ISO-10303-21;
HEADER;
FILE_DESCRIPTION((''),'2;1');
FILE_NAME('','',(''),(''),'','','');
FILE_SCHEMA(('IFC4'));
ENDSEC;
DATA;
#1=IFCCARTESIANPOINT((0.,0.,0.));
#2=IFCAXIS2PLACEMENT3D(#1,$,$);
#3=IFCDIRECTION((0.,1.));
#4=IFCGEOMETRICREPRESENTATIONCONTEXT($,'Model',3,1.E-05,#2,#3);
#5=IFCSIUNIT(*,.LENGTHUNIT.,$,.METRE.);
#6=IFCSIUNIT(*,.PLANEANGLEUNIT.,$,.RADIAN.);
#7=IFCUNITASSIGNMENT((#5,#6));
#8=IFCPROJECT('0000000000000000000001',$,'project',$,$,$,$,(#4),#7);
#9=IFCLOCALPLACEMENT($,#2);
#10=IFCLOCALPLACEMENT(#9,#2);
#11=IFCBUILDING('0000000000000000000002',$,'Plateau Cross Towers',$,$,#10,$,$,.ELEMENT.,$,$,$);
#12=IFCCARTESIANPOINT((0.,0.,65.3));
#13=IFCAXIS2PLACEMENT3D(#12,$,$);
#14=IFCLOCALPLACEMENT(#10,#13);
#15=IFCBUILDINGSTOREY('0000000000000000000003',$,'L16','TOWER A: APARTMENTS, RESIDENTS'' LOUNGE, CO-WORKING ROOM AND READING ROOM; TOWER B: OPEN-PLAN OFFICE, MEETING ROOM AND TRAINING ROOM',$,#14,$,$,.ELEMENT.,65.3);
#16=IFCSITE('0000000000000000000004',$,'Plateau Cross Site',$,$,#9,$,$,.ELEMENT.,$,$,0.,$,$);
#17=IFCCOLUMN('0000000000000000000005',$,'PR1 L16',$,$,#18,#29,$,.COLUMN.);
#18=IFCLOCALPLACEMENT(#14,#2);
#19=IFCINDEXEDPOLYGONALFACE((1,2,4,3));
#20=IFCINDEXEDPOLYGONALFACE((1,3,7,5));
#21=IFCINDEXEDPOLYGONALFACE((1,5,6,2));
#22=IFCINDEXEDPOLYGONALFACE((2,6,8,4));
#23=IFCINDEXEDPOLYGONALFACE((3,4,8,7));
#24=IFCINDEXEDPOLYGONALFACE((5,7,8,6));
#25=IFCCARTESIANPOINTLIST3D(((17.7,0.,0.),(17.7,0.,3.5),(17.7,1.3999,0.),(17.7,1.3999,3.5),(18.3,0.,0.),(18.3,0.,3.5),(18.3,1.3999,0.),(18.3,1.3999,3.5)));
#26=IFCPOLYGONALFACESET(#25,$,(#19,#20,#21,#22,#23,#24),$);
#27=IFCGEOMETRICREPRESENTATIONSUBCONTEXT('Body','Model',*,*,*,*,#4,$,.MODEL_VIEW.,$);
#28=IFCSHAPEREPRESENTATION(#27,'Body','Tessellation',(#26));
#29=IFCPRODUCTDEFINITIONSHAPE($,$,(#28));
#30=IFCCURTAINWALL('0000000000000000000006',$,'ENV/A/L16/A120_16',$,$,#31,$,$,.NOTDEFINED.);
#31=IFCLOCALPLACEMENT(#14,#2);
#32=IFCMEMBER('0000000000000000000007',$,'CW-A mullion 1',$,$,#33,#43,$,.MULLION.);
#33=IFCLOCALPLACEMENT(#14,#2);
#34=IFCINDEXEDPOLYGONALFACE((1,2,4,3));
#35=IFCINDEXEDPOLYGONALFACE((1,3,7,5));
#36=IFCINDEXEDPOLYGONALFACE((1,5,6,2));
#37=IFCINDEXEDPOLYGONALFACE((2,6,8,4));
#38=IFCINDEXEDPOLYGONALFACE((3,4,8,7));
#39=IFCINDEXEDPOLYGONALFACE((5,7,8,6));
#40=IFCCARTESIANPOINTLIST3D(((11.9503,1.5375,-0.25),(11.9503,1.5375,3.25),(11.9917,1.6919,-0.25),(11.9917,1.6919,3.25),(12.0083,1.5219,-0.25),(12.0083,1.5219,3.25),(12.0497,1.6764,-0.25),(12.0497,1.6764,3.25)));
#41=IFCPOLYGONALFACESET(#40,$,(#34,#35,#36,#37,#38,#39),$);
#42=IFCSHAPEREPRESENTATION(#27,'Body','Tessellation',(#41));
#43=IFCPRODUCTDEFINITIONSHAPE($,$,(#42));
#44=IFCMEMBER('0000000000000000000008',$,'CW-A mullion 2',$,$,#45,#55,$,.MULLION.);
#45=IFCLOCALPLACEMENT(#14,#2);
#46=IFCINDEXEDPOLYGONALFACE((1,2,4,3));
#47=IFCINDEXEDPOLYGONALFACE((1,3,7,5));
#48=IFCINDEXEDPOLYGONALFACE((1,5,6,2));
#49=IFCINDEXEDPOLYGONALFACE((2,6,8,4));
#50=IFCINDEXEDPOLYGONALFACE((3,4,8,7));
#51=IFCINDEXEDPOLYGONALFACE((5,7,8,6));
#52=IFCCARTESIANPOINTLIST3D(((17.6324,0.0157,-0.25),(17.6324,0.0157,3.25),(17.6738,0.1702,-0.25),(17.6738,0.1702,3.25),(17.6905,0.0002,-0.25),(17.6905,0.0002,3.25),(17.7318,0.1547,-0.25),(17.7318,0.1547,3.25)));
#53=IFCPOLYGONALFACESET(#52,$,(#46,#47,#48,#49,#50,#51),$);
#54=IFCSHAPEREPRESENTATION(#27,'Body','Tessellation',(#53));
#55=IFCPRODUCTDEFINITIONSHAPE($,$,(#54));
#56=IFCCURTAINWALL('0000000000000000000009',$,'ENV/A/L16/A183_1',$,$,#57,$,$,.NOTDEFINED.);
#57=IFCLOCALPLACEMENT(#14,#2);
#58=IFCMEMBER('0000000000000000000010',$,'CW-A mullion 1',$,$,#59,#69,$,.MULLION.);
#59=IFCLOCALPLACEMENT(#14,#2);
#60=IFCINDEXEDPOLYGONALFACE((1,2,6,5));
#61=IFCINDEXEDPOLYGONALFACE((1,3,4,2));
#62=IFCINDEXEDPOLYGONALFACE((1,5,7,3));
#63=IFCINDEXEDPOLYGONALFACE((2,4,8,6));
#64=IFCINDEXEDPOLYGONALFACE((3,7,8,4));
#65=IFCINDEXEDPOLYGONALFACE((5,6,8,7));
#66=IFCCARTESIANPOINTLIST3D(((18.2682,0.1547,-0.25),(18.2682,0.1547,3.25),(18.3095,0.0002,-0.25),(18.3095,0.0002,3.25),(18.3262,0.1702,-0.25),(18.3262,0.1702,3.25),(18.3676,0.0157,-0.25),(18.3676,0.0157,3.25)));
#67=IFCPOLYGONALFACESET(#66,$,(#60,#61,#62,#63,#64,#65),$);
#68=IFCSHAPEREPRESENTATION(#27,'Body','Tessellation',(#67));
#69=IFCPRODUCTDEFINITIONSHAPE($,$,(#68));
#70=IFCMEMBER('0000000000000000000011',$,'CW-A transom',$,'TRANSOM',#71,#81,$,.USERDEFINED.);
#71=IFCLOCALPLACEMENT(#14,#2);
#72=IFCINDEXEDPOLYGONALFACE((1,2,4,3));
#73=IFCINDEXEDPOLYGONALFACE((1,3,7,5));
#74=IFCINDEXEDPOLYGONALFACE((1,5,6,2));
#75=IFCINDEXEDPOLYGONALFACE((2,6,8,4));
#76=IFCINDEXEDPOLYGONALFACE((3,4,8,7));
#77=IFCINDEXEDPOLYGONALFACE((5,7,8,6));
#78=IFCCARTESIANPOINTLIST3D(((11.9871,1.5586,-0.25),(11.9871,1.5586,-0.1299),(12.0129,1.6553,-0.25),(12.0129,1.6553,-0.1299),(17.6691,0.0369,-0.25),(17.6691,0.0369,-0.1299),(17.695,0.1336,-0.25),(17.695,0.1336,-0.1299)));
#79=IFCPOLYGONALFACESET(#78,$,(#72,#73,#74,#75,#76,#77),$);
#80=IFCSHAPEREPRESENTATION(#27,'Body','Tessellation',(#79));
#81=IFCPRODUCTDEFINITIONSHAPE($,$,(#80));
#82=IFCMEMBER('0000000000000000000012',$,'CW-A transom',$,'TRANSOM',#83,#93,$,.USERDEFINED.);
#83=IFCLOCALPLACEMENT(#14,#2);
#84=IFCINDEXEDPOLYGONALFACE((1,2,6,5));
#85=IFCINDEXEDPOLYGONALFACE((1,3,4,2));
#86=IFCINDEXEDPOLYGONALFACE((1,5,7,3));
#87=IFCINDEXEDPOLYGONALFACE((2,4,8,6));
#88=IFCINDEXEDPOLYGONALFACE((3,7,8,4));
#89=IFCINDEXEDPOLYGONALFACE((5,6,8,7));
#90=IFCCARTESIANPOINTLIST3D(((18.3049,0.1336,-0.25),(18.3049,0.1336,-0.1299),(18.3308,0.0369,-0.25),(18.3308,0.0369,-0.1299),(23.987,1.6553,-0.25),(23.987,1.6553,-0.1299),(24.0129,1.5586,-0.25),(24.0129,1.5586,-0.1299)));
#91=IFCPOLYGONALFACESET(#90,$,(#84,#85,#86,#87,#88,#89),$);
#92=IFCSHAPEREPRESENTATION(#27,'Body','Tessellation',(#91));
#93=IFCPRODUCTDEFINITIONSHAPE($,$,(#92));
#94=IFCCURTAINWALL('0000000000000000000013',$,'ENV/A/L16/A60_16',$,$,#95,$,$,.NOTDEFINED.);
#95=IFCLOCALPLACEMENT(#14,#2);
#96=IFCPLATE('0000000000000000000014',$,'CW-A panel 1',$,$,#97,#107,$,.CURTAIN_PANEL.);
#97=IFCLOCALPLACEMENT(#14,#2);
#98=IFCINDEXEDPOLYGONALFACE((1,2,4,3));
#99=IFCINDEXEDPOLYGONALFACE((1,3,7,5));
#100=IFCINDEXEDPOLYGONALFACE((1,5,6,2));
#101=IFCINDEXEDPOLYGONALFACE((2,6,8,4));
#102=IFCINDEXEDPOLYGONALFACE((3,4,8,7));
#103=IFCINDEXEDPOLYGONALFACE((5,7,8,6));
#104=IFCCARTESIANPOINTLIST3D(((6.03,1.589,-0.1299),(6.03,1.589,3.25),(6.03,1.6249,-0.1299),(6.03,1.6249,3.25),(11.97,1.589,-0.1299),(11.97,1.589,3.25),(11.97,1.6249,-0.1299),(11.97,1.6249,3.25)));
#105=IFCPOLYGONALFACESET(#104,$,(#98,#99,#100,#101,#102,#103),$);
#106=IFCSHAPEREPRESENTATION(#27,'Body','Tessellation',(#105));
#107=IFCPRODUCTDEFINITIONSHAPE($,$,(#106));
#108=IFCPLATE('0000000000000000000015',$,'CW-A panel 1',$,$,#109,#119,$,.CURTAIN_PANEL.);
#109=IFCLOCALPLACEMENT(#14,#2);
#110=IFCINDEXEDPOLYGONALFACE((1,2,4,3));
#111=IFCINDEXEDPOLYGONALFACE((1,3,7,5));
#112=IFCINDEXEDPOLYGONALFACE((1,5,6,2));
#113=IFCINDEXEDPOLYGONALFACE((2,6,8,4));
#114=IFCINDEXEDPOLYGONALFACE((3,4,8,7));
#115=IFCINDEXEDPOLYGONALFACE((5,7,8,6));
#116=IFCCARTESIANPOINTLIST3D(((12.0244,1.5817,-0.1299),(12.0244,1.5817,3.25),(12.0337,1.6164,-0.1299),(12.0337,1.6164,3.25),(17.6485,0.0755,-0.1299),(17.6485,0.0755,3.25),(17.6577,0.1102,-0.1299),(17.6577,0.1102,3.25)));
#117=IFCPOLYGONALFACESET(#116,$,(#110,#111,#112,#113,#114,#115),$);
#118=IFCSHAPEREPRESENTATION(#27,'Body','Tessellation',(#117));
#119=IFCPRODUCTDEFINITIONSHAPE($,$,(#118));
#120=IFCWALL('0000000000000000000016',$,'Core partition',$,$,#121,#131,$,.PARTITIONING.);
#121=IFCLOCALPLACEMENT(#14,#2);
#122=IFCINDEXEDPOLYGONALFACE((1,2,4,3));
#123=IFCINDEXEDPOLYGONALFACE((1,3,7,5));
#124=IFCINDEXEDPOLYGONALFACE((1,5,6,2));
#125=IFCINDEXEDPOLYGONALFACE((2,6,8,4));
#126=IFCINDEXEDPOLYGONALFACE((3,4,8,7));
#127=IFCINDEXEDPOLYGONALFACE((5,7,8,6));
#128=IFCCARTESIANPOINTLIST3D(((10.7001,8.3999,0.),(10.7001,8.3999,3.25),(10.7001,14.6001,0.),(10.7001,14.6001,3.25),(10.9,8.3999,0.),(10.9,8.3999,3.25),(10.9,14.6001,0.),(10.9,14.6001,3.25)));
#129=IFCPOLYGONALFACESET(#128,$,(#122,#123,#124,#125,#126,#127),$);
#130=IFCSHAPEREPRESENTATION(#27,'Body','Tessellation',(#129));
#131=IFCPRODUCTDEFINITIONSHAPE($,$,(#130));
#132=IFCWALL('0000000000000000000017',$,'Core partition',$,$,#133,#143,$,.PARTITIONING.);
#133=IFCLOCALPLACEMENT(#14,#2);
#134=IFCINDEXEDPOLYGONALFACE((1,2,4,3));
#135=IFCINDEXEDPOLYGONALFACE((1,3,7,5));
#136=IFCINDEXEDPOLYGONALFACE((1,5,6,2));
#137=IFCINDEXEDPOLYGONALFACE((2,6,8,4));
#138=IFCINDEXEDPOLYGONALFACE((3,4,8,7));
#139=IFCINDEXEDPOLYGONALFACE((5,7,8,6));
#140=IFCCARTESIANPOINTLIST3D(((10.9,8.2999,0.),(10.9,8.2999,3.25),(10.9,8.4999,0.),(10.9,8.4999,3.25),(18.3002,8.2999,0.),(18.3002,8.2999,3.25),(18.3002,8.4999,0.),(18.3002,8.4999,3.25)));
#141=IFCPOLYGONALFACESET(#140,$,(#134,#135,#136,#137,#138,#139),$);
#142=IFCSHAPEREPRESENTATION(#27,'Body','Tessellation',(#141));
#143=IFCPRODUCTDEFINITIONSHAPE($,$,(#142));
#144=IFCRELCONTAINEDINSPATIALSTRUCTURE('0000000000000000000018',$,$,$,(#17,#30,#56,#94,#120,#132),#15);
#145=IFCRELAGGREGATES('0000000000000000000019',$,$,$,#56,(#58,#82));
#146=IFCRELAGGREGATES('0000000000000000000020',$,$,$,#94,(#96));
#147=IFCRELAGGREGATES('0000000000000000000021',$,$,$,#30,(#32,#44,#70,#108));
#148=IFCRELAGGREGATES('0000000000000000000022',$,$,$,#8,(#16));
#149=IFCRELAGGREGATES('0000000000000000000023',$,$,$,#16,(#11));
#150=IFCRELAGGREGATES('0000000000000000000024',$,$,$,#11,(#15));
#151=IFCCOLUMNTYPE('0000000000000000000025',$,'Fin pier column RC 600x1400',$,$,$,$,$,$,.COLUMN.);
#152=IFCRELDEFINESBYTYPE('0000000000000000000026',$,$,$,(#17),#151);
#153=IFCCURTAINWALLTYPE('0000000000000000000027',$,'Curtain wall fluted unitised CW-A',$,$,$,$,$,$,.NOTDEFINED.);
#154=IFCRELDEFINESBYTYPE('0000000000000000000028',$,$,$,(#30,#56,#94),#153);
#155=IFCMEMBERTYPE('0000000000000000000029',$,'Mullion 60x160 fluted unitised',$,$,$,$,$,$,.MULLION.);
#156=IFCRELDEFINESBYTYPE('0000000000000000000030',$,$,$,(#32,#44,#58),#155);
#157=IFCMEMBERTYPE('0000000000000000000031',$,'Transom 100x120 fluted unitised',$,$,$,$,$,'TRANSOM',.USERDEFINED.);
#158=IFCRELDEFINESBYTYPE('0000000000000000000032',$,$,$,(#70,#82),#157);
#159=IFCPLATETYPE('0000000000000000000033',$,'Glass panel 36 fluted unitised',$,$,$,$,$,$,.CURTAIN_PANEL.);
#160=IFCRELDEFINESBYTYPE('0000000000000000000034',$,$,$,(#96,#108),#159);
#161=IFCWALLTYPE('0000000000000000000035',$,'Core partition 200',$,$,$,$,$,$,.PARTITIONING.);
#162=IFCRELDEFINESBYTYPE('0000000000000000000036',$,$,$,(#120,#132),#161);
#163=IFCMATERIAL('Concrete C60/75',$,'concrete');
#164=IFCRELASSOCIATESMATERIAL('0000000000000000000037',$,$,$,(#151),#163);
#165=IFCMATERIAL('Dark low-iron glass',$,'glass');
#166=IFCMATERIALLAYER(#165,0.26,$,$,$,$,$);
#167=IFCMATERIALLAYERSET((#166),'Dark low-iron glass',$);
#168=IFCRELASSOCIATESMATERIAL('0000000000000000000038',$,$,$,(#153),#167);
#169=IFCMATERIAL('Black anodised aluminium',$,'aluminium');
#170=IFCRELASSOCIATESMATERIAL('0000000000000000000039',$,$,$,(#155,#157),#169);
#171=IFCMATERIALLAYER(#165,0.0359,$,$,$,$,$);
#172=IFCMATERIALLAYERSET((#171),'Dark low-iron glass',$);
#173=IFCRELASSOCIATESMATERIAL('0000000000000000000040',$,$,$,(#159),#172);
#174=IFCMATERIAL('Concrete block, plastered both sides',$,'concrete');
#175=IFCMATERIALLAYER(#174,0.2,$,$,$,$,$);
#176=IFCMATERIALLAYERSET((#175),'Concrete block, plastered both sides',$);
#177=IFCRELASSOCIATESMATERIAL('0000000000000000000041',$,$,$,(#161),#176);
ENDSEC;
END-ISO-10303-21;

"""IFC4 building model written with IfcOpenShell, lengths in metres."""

from ifc_helpers import new_model, si_unit, direction, frame, frame_2d, origin, origin_2d, place, context, subcontext, project, spatial, rectangle, extrude, material, layer, layer_set, material_profile, profile_set, type_object, element, aggregate, save


model = new_model("IFC4")

# Units and contexts
model_context = context("Model", 3, precision=1e-05, world=origin(), true_north=direction((0.0, 1.0)))
body_context = subcontext(model_context, "Body", "Model", "MODEL_VIEW")
ifc_project = project(units=[si_unit("LENGTHUNIT", "METRE"), si_unit("PLANEANGLEUNIT", "RADIAN")], contexts=[model_context])

# Site, building, storey
site_placement = place(None, origin())
site = spatial("IfcSite", under=ifc_project, at=site_placement, Name="Plateau Cross Site", CompositionType="ELEMENT", RefElevation=0.0)
building_placement = place(site_placement, origin())
building = spatial("IfcBuilding", under=site, at=building_placement, Name="Plateau Cross Towers", CompositionType="ELEMENT")
storey_placement = place(building_placement, frame((0.0, 0.0, 65.3)))
storey = spatial("IfcBuildingStorey", under=building, at=storey_placement, Name="L16", Description="TOWER A: APARTMENTS, RESIDENTS' LOUNGE, CO-WORKING ROOM AND READING ROOM; TOWER B: OPEN-PLAN OFFICE, MEETING ROOM AND TRAINING ROOM", CompositionType="ELEMENT", Elevation=65.3)

# Column
ifc_material_1 = material(Name="Concrete C60/75", Category="concrete")
ifc_material_profile_1 = material_profile(ifc_material_1, rectangle(XDim=0.6001, YDim=1.3999, at=origin_2d()), Name="RC 600x1400")
ifc_profile_set_1 = profile_set([ifc_material_profile_1], Name="Concrete C60/75")
column_type = type_object("IfcColumnType", Name="Fin pier column RC 600x1400", PredefinedType="COLUMN", material=ifc_profile_set_1)
column_placement = place(storey_placement, frame((18.0, 0.7, 0.0), z_axis=(0.0, 0.0, 1.0), x_axis=(1.0, 0.0, 0.0)))
element("IfcColumn", 1, at=column_placement, inside=storey, type_object=column_type, Name="PR1 L16", PredefinedType="COLUMN", context=body_context, shape_type="SweptSolid", body=[
    extrude(rectangle(XDim=0.6001, YDim=1.3999, at=origin_2d()), origin(), (0.0, 0.0, 1.0), 3.5),
])

# Curtain wall, members
ifc_material_2 = material(Name="Dark low-iron glass", Category="glass")
ifc_layer_1 = layer(ifc_material_2, 0.26)
ifc_layer_set_1 = layer_set([ifc_layer_1], Name="Dark low-iron glass")
curtain_wall_type = type_object("IfcCurtainWallType", Name="Curtain wall fluted unitised CW-A", PredefinedType="NOTDEFINED", material=ifc_layer_set_1)
curtain_wall_1_placement = place(storey_placement, origin())
curtain_wall_1 = element("IfcCurtainWall", 2, at=curtain_wall_1_placement, inside=storey, type_object=curtain_wall_type, Name="ENV/A/L16/A120_16", PredefinedType="NOTDEFINED")
ifc_material_3 = material(Name="Black anodised aluminium", Category="aluminium")
ifc_material_profile_2 = material_profile(ifc_material_3, rectangle(XDim=0.0601, YDim=0.1599, at=origin_2d()), Name="MULLION 60x160")
ifc_profile_set_2 = profile_set([ifc_material_profile_2], Name="Black anodised aluminium")
member_type_1 = type_object("IfcMemberType", Name="Mullion 60x160 fluted unitised", PredefinedType="MULLION", material=ifc_profile_set_2)
member_1_placement = place(storey_placement, frame((12.0, 1.6069, -0.25), z_axis=(0.0, 0.0, 1.0), x_axis=(0.965958, -0.258699, 0.0)))
member_1 = element("IfcMember", 3, at=member_1_placement, type_object=member_type_1, Name="CW-A mullion 1", PredefinedType="MULLION", context=body_context, shape_type="SweptSolid", body=[
    extrude(rectangle(XDim=0.0601, YDim=0.1599, at=origin_2d()), origin(), (0.0, 0.0, 1.0), 3.5),
])
member_2_placement = place(storey_placement, frame((17.6821, 0.0852, -0.25), z_axis=(0.0, 0.0, 1.0), x_axis=(0.965958, -0.258699, 0.0)))
member_2 = element("IfcMember", 4, at=member_2_placement, type_object=member_type_1, Name="CW-A mullion 2", PredefinedType="MULLION", context=body_context, shape_type="SweptSolid", body=[
    extrude(rectangle(XDim=0.0601, YDim=0.1599, at=origin_2d()), origin(), (0.0, 0.0, 1.0), 3.5),
])

# Curtain wall, member
curtain_wall_2_placement = place(storey_placement, origin())
curtain_wall_2 = element("IfcCurtainWall", 5, at=curtain_wall_2_placement, inside=storey, type_object=curtain_wall_type, Name="ENV/A/L16/A183_1", PredefinedType="NOTDEFINED")
member_3_placement = place(storey_placement, frame((18.3179, 0.0852, -0.25), z_axis=(0.0, 0.0, 1.0), x_axis=(0.965958, 0.258699, 0.0)))
member_3 = element("IfcMember", 6, at=member_3_placement, type_object=member_type_1, Name="CW-A mullion 1", PredefinedType="MULLION", context=body_context, shape_type="SweptSolid", body=[
    extrude(rectangle(XDim=0.0601, YDim=0.1599, at=origin_2d()), origin(), (0.0, 0.0, 1.0), 3.5),
])

# Members
ifc_material_profile_3 = material_profile(ifc_material_3, rectangle(XDim=0.1001, YDim=0.1201, at=origin_2d()), Name="TRANSOM 100x120")
ifc_profile_set_3 = profile_set([ifc_material_profile_3], Name="Black anodised aluminium")
member_type_2 = type_object("IfcMemberType", Name="Transom 100x120 fluted unitised", ElementType="TRANSOM", PredefinedType="USERDEFINED", material=ifc_profile_set_3)
member_4_placement = place(storey_placement, frame((12.0, 1.6069, -0.1899), z_axis=(0.96596, -0.258693, 0.0), x_axis=(0.258693, 0.96596, 0.0)))
member_4 = element("IfcMember", 7, at=member_4_placement, type_object=member_type_2, Name="CW-A transom", ObjectType="TRANSOM", PredefinedType="USERDEFINED", context=body_context, shape_type="SweptSolid", body=[
    extrude(rectangle(XDim=0.1001, YDim=0.1201, at=origin_2d()), origin(), (0.0, 0.0, 1.0), 5.8823),
])
member_5_placement = place(storey_placement, frame((18.3179, 0.0852, -0.1899), z_axis=(0.96596, 0.258693, 0.0), x_axis=(-0.258693, 0.96596, 0.0)))
member_5 = element("IfcMember", 8, at=member_5_placement, type_object=member_type_2, Name="CW-A transom", ObjectType="TRANSOM", PredefinedType="USERDEFINED", context=body_context, shape_type="SweptSolid", body=[
    extrude(rectangle(XDim=0.1001, YDim=0.1201, at=origin_2d()), origin(), (0.0, 0.0, 1.0), 5.8823),
])
aggregate(curtain_wall_2, [member_3, member_5])

# Curtain wall, plate
curtain_wall_3_placement = place(storey_placement, origin())
curtain_wall_3 = element("IfcCurtainWall", 9, at=curtain_wall_3_placement, inside=storey, type_object=curtain_wall_type, Name="ENV/A/L16/A60_16", PredefinedType="NOTDEFINED")
ifc_layer_2 = layer(ifc_material_2, 0.0359)
ifc_layer_set_2 = layer_set([ifc_layer_2], Name="Dark low-iron glass")
plate_type = type_object("IfcPlateType", Name="Glass panel 36 fluted unitised", PredefinedType="CURTAIN_PANEL", material=ifc_layer_set_2)
plate_1_placement = place(storey_placement, frame((9.0, 1.6069, -0.1299), z_axis=(0.0, 0.0, 1.0), x_axis=(1.0, 0.0, 0.0)))
plate_1 = element("IfcPlate", 10, at=plate_1_placement, type_object=plate_type, Name="CW-A panel 1", PredefinedType="CURTAIN_PANEL", context=body_context, shape_type="SweptSolid", body=[
    extrude(rectangle(XDim=5.9399, YDim=0.0359, at=origin_2d()), origin(), (0.0, 0.0, 1.0), 3.3799),
])
aggregate(curtain_wall_3, [plate_1])

# Plate
plate_2_placement = place(storey_placement, frame((14.8411, 0.8459, -0.1299), z_axis=(0.0, 0.0, 1.0), x_axis=(0.965958, -0.258699, 0.0)))
plate_2 = element("IfcPlate", 11, at=plate_2_placement, type_object=plate_type, Name="CW-A panel 1", PredefinedType="CURTAIN_PANEL", context=body_context, shape_type="SweptSolid", body=[
    extrude(rectangle(XDim=5.8223, YDim=0.0359, at=origin_2d()), origin(), (0.0, 0.0, 1.0), 3.3799),
])
aggregate(curtain_wall_1, [member_1, member_2, member_4, plate_2])

# Walls
ifc_material_4 = material(Name="Concrete block, plastered both sides", Category="concrete")
ifc_layer_3 = layer(ifc_material_4, 0.2)
ifc_layer_set_3 = layer_set([ifc_layer_3], Name="Concrete block, plastered both sides")
wall_type_1 = type_object("IfcWallType", Name="Core partition 200", PredefinedType="PARTITIONING", material=ifc_layer_set_3)
wall_1_placement = place(storey_placement, frame((10.8, 8.3999, 0.0), z_axis=(0.0, 0.0, 1.0), x_axis=(0.0, 1.0, 0.0)))
element("IfcWall", 12, at=wall_1_placement, inside=storey, type_object=wall_type_1, Name="Core partition", PredefinedType="PARTITIONING", context=body_context, shape_type="SweptSolid", body=[
    extrude(rectangle(XDim=6.2002, YDim=0.2, at=frame_2d((3.1001, 0.0))), origin(), (0.0, 0.0, 1.0), 3.25),
])
wall_2_placement = place(storey_placement, frame((10.8999, 8.3999, 0.0), z_axis=(0.0, 0.0, 1.0), x_axis=(1.0, 0.0, 0.0)))
element("IfcWall", 13, at=wall_2_placement, inside=storey, type_object=wall_type_1, Name="Core partition", PredefinedType="PARTITIONING", context=body_context, shape_type="SweptSolid", body=[
    extrude(rectangle(XDim=7.4001, YDim=0.2, at=frame_2d((3.7002, 0.0))), origin(), (0.0, 0.0, 1.0), 3.25),
])

save(model, "model.ifc")
